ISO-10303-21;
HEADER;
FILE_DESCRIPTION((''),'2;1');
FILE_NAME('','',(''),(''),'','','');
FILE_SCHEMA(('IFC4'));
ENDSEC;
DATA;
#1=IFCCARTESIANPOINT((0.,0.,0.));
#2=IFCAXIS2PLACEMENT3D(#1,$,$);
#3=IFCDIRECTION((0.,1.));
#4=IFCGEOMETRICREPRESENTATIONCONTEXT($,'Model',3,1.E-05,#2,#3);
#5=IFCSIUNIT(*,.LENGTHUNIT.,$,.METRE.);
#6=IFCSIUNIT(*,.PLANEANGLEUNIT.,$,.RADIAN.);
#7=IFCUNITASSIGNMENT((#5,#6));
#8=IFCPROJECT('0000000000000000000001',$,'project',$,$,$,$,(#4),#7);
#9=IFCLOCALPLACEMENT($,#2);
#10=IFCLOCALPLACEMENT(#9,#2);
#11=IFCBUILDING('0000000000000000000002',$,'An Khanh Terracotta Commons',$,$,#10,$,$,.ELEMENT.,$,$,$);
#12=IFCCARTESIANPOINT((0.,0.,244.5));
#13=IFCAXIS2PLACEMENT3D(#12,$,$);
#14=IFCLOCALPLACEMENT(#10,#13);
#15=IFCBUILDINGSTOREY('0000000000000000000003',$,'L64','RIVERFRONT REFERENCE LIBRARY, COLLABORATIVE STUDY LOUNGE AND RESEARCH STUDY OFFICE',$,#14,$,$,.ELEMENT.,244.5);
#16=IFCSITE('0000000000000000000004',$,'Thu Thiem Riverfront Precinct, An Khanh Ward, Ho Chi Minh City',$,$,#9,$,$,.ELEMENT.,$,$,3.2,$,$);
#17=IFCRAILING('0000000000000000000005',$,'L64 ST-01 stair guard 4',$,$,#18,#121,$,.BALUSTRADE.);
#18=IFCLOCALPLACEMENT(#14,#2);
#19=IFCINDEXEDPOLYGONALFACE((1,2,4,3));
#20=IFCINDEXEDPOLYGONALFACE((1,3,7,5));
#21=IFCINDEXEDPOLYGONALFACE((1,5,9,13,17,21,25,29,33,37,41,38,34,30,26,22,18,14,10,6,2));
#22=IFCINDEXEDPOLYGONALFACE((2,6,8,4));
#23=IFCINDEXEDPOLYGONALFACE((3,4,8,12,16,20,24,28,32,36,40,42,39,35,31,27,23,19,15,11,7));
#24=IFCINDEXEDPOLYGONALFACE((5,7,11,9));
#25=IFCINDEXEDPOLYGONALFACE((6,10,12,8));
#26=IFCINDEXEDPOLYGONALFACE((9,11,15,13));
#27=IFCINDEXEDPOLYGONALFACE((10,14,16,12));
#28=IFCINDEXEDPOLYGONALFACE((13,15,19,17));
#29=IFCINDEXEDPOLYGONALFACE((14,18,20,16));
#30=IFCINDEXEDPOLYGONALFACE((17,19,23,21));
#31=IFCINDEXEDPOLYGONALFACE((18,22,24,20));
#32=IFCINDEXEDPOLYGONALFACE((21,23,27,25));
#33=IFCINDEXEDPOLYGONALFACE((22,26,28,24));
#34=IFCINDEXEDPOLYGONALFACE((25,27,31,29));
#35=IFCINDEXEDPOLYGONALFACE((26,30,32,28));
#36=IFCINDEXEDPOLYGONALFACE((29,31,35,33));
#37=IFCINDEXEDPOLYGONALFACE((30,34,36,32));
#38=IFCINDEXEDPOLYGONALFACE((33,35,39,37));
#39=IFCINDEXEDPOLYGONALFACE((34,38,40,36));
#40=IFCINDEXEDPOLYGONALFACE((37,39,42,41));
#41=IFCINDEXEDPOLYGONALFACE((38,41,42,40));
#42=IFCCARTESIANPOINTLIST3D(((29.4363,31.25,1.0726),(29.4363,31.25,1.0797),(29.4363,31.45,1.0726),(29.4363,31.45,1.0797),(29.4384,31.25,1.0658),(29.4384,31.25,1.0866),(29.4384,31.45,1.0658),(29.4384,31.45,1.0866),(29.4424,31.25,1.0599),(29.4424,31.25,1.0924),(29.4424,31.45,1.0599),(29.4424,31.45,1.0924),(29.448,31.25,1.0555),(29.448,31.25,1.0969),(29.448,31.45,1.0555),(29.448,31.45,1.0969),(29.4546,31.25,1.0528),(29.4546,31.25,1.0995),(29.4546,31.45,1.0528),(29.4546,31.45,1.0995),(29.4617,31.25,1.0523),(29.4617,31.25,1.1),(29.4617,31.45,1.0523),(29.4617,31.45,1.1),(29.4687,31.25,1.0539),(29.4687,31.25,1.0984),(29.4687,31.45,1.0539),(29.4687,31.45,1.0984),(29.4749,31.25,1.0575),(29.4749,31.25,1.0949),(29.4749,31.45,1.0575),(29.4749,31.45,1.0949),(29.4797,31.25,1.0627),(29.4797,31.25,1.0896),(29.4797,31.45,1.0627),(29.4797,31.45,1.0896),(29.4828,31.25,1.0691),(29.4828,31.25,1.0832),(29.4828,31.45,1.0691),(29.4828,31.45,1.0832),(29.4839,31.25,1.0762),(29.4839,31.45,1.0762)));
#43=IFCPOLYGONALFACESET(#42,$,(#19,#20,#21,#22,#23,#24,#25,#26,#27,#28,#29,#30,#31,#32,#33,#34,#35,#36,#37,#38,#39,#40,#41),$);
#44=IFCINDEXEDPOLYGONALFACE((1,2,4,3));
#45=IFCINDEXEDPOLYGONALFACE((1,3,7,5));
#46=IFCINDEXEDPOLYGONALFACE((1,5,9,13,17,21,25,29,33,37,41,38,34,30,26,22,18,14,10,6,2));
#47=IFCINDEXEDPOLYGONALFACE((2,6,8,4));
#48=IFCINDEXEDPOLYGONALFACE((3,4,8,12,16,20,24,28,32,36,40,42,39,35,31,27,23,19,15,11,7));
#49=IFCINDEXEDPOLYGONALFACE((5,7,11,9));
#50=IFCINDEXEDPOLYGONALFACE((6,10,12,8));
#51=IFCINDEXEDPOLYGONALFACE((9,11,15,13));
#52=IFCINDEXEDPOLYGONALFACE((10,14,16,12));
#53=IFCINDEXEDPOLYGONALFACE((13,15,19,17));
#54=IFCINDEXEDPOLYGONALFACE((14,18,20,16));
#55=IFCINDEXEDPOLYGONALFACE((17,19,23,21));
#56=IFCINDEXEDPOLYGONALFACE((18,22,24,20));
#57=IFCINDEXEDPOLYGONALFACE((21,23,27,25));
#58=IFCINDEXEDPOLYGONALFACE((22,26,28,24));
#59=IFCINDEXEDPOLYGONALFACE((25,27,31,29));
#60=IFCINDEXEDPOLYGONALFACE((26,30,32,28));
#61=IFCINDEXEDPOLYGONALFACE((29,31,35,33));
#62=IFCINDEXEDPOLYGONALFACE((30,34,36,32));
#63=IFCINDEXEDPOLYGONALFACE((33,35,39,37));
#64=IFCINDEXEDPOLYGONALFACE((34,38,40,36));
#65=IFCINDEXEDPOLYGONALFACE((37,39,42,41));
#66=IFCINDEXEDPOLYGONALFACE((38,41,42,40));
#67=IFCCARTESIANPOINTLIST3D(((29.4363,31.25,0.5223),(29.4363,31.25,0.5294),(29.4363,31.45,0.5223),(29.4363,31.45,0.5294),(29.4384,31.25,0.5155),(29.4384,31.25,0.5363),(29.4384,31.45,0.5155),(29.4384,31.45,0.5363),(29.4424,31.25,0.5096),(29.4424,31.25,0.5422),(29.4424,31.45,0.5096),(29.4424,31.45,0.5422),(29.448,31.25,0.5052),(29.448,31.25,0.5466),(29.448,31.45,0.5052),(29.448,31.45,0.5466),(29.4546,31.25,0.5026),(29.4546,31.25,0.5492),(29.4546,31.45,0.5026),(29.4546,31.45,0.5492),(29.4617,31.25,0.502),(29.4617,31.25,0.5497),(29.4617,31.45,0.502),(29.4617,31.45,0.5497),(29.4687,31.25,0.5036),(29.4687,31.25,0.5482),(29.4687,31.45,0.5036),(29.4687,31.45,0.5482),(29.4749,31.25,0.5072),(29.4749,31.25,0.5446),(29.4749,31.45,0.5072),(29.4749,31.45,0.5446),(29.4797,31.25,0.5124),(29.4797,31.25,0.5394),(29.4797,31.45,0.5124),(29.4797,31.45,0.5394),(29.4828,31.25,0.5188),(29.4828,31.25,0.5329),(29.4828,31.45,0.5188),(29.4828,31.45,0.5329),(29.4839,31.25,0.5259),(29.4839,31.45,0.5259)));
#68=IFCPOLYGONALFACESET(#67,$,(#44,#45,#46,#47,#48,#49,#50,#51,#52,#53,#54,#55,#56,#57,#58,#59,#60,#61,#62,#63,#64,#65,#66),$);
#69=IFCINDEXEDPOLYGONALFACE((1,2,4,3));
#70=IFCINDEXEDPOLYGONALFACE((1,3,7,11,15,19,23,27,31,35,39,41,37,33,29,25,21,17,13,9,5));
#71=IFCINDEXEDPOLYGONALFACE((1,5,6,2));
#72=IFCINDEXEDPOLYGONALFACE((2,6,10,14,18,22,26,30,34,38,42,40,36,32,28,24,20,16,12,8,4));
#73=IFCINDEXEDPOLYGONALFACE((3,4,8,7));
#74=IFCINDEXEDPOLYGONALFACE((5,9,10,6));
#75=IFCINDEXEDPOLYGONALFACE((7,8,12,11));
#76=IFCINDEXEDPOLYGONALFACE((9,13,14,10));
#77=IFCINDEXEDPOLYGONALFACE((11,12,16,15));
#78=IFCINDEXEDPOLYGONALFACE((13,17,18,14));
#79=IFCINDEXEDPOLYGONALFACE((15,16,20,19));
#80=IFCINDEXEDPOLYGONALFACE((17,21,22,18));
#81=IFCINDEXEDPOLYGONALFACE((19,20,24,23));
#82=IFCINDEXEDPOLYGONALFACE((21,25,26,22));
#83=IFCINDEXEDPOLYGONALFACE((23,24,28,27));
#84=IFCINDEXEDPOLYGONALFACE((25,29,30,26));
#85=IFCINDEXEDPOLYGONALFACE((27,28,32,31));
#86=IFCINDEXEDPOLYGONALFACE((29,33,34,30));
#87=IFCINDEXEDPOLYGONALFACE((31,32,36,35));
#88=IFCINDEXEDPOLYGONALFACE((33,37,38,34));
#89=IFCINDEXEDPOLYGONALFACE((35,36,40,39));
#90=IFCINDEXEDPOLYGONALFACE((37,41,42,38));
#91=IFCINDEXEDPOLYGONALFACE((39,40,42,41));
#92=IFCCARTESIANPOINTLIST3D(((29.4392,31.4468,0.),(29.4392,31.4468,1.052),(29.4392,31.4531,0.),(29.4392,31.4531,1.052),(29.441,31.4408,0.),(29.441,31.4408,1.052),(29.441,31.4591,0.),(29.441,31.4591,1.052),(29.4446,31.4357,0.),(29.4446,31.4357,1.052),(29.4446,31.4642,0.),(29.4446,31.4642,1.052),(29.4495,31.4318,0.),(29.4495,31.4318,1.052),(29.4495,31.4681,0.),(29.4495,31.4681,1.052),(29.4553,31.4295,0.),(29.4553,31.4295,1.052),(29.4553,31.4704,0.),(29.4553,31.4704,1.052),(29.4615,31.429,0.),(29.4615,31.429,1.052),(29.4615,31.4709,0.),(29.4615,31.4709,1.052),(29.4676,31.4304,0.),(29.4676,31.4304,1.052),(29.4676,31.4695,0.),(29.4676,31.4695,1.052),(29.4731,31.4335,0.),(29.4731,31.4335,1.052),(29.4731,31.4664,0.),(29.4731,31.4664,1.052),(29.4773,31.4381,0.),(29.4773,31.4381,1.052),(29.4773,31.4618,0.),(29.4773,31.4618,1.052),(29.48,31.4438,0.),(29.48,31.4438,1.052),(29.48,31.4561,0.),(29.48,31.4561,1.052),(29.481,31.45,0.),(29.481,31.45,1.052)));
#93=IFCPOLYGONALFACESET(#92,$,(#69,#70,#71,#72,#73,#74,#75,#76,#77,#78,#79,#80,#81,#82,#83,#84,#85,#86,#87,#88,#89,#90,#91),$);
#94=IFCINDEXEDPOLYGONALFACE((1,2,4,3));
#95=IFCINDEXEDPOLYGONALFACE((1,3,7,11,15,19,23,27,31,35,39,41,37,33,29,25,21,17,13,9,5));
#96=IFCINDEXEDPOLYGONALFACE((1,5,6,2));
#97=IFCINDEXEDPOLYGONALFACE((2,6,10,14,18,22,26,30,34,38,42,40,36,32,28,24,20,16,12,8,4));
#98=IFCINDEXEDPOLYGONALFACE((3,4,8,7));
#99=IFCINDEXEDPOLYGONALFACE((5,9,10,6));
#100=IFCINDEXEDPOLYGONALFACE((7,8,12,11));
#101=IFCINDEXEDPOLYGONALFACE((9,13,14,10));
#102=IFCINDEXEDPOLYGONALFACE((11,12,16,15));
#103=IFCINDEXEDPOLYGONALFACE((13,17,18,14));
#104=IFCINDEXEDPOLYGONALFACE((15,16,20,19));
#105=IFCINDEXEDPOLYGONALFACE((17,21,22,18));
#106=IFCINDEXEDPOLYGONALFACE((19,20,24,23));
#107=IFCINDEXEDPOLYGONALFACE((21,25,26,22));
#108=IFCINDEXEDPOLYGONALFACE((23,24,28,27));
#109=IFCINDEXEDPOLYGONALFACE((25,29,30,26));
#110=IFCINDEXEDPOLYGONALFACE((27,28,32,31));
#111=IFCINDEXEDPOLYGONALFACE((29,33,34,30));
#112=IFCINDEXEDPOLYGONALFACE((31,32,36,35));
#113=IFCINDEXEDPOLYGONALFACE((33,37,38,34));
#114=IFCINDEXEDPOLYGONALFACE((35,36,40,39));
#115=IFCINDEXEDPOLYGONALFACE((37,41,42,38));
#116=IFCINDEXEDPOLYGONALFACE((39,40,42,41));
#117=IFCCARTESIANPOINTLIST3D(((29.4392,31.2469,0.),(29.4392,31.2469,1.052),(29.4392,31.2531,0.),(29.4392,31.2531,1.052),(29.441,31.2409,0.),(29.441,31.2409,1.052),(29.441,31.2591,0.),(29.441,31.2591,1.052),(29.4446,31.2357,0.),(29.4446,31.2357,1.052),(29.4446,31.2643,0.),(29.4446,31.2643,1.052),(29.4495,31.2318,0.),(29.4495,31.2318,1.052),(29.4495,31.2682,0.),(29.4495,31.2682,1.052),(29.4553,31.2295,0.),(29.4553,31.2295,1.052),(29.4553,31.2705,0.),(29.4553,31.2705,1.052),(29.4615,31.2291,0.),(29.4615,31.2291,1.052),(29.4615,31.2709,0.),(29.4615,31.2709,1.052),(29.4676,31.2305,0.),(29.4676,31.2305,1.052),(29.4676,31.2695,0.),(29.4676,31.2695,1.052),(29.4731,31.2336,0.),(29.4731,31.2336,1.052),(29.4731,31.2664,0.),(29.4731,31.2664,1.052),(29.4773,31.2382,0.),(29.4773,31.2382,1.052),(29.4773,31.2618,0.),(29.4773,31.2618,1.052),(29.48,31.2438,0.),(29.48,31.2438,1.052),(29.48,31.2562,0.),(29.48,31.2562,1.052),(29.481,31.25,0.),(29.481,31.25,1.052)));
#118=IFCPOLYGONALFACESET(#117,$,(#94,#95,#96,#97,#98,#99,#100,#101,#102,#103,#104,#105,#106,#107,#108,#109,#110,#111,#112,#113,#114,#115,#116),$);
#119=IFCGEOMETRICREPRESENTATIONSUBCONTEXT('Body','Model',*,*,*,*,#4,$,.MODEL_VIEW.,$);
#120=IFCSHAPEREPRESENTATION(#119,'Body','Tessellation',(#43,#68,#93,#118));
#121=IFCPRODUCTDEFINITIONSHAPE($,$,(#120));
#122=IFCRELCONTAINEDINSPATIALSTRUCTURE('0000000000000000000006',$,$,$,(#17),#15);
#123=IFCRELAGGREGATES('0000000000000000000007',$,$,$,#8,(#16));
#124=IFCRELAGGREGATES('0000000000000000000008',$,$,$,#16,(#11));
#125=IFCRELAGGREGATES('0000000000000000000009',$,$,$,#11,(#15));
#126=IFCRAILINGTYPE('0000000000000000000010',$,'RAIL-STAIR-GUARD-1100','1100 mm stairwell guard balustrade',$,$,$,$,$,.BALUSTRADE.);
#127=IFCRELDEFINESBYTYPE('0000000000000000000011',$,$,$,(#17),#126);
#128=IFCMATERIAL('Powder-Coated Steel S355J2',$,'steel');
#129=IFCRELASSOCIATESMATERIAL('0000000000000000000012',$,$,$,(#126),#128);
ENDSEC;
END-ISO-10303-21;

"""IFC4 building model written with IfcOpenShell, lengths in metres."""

from ifc_helpers import new_model, si_unit, direction, frame, origin, origin_2d, place, context, subcontext, project, spatial, circle, extrude, material, type_object, element, save


model = new_model("IFC4")

# Units and contexts
model_context = context("Model", 3, precision=1e-05, world=origin(), true_north=direction((0.0, 1.0)))
body_context = subcontext(model_context, "Body", "Model", "MODEL_VIEW")
ifc_project = project(units=[si_unit("LENGTHUNIT", "METRE"), si_unit("PLANEANGLEUNIT", "RADIAN")], contexts=[model_context])

# Site, building, storey
site_placement = place(None, origin())
site = spatial("IfcSite", under=ifc_project, at=site_placement, Name="Thu Thiem Riverfront Precinct, An Khanh Ward, Ho Chi Minh City", CompositionType="ELEMENT", RefElevation=3.2)
building_placement = place(site_placement, origin())
building = spatial("IfcBuilding", under=site, at=building_placement, Name="An Khanh Terracotta Commons", CompositionType="ELEMENT")
storey_placement = place(building_placement, frame((0.0, 0.0, 244.5)))
storey = spatial("IfcBuildingStorey", under=building, at=storey_placement, Name="L64", Description="RIVERFRONT REFERENCE LIBRARY, COLLABORATIVE STUDY LOUNGE AND RESEARCH STUDY OFFICE", CompositionType="ELEMENT", Elevation=244.5)

# Railing
ifc_material_1 = material(Name="Powder-Coated Steel S355J2", Category="steel")
railing_type_1 = type_object("IfcRailingType", Name="RAIL-STAIR-GUARD-1100", Description="1100 mm stairwell guard balustrade", PredefinedType="BALUSTRADE", material=ifc_material_1)
railing_1_placement = place(storey_placement, frame((29.46, 31.45, 0.0)))
element("IfcRailing", 1, at=railing_1_placement, inside=storey, type_object=railing_type_1, Name="L64 ST-01 stair guard 4", PredefinedType="BALUSTRADE", context=body_context, shape_type="SweptSolid", body=[
    extrude(circle(Radius=0.0239, at=origin_2d()), frame((0.0, 0.0, 1.0762), z_axis=(0.0, -1.0, 0.0), x_axis=(1.0, 0.0, 0.0)), (0.0, 0.0, 1.0), 0.2),
    extrude(circle(Radius=0.0239, at=origin_2d()), frame((0.0, 0.0, 0.5259), z_axis=(0.0, -1.0, 0.0), x_axis=(1.0, 0.0, 0.0)), (0.0, 0.0, 1.0), 0.2),
    extrude(circle(Radius=0.021, at=origin_2d()), origin(), (0.0, 0.0, 1.0), 1.052),
    extrude(circle(Radius=0.021, at=origin_2d()), frame((0.0, -0.2, 0.0)), (0.0, 0.0, 1.0), 1.052),
])

save(model, "model.ifc")
